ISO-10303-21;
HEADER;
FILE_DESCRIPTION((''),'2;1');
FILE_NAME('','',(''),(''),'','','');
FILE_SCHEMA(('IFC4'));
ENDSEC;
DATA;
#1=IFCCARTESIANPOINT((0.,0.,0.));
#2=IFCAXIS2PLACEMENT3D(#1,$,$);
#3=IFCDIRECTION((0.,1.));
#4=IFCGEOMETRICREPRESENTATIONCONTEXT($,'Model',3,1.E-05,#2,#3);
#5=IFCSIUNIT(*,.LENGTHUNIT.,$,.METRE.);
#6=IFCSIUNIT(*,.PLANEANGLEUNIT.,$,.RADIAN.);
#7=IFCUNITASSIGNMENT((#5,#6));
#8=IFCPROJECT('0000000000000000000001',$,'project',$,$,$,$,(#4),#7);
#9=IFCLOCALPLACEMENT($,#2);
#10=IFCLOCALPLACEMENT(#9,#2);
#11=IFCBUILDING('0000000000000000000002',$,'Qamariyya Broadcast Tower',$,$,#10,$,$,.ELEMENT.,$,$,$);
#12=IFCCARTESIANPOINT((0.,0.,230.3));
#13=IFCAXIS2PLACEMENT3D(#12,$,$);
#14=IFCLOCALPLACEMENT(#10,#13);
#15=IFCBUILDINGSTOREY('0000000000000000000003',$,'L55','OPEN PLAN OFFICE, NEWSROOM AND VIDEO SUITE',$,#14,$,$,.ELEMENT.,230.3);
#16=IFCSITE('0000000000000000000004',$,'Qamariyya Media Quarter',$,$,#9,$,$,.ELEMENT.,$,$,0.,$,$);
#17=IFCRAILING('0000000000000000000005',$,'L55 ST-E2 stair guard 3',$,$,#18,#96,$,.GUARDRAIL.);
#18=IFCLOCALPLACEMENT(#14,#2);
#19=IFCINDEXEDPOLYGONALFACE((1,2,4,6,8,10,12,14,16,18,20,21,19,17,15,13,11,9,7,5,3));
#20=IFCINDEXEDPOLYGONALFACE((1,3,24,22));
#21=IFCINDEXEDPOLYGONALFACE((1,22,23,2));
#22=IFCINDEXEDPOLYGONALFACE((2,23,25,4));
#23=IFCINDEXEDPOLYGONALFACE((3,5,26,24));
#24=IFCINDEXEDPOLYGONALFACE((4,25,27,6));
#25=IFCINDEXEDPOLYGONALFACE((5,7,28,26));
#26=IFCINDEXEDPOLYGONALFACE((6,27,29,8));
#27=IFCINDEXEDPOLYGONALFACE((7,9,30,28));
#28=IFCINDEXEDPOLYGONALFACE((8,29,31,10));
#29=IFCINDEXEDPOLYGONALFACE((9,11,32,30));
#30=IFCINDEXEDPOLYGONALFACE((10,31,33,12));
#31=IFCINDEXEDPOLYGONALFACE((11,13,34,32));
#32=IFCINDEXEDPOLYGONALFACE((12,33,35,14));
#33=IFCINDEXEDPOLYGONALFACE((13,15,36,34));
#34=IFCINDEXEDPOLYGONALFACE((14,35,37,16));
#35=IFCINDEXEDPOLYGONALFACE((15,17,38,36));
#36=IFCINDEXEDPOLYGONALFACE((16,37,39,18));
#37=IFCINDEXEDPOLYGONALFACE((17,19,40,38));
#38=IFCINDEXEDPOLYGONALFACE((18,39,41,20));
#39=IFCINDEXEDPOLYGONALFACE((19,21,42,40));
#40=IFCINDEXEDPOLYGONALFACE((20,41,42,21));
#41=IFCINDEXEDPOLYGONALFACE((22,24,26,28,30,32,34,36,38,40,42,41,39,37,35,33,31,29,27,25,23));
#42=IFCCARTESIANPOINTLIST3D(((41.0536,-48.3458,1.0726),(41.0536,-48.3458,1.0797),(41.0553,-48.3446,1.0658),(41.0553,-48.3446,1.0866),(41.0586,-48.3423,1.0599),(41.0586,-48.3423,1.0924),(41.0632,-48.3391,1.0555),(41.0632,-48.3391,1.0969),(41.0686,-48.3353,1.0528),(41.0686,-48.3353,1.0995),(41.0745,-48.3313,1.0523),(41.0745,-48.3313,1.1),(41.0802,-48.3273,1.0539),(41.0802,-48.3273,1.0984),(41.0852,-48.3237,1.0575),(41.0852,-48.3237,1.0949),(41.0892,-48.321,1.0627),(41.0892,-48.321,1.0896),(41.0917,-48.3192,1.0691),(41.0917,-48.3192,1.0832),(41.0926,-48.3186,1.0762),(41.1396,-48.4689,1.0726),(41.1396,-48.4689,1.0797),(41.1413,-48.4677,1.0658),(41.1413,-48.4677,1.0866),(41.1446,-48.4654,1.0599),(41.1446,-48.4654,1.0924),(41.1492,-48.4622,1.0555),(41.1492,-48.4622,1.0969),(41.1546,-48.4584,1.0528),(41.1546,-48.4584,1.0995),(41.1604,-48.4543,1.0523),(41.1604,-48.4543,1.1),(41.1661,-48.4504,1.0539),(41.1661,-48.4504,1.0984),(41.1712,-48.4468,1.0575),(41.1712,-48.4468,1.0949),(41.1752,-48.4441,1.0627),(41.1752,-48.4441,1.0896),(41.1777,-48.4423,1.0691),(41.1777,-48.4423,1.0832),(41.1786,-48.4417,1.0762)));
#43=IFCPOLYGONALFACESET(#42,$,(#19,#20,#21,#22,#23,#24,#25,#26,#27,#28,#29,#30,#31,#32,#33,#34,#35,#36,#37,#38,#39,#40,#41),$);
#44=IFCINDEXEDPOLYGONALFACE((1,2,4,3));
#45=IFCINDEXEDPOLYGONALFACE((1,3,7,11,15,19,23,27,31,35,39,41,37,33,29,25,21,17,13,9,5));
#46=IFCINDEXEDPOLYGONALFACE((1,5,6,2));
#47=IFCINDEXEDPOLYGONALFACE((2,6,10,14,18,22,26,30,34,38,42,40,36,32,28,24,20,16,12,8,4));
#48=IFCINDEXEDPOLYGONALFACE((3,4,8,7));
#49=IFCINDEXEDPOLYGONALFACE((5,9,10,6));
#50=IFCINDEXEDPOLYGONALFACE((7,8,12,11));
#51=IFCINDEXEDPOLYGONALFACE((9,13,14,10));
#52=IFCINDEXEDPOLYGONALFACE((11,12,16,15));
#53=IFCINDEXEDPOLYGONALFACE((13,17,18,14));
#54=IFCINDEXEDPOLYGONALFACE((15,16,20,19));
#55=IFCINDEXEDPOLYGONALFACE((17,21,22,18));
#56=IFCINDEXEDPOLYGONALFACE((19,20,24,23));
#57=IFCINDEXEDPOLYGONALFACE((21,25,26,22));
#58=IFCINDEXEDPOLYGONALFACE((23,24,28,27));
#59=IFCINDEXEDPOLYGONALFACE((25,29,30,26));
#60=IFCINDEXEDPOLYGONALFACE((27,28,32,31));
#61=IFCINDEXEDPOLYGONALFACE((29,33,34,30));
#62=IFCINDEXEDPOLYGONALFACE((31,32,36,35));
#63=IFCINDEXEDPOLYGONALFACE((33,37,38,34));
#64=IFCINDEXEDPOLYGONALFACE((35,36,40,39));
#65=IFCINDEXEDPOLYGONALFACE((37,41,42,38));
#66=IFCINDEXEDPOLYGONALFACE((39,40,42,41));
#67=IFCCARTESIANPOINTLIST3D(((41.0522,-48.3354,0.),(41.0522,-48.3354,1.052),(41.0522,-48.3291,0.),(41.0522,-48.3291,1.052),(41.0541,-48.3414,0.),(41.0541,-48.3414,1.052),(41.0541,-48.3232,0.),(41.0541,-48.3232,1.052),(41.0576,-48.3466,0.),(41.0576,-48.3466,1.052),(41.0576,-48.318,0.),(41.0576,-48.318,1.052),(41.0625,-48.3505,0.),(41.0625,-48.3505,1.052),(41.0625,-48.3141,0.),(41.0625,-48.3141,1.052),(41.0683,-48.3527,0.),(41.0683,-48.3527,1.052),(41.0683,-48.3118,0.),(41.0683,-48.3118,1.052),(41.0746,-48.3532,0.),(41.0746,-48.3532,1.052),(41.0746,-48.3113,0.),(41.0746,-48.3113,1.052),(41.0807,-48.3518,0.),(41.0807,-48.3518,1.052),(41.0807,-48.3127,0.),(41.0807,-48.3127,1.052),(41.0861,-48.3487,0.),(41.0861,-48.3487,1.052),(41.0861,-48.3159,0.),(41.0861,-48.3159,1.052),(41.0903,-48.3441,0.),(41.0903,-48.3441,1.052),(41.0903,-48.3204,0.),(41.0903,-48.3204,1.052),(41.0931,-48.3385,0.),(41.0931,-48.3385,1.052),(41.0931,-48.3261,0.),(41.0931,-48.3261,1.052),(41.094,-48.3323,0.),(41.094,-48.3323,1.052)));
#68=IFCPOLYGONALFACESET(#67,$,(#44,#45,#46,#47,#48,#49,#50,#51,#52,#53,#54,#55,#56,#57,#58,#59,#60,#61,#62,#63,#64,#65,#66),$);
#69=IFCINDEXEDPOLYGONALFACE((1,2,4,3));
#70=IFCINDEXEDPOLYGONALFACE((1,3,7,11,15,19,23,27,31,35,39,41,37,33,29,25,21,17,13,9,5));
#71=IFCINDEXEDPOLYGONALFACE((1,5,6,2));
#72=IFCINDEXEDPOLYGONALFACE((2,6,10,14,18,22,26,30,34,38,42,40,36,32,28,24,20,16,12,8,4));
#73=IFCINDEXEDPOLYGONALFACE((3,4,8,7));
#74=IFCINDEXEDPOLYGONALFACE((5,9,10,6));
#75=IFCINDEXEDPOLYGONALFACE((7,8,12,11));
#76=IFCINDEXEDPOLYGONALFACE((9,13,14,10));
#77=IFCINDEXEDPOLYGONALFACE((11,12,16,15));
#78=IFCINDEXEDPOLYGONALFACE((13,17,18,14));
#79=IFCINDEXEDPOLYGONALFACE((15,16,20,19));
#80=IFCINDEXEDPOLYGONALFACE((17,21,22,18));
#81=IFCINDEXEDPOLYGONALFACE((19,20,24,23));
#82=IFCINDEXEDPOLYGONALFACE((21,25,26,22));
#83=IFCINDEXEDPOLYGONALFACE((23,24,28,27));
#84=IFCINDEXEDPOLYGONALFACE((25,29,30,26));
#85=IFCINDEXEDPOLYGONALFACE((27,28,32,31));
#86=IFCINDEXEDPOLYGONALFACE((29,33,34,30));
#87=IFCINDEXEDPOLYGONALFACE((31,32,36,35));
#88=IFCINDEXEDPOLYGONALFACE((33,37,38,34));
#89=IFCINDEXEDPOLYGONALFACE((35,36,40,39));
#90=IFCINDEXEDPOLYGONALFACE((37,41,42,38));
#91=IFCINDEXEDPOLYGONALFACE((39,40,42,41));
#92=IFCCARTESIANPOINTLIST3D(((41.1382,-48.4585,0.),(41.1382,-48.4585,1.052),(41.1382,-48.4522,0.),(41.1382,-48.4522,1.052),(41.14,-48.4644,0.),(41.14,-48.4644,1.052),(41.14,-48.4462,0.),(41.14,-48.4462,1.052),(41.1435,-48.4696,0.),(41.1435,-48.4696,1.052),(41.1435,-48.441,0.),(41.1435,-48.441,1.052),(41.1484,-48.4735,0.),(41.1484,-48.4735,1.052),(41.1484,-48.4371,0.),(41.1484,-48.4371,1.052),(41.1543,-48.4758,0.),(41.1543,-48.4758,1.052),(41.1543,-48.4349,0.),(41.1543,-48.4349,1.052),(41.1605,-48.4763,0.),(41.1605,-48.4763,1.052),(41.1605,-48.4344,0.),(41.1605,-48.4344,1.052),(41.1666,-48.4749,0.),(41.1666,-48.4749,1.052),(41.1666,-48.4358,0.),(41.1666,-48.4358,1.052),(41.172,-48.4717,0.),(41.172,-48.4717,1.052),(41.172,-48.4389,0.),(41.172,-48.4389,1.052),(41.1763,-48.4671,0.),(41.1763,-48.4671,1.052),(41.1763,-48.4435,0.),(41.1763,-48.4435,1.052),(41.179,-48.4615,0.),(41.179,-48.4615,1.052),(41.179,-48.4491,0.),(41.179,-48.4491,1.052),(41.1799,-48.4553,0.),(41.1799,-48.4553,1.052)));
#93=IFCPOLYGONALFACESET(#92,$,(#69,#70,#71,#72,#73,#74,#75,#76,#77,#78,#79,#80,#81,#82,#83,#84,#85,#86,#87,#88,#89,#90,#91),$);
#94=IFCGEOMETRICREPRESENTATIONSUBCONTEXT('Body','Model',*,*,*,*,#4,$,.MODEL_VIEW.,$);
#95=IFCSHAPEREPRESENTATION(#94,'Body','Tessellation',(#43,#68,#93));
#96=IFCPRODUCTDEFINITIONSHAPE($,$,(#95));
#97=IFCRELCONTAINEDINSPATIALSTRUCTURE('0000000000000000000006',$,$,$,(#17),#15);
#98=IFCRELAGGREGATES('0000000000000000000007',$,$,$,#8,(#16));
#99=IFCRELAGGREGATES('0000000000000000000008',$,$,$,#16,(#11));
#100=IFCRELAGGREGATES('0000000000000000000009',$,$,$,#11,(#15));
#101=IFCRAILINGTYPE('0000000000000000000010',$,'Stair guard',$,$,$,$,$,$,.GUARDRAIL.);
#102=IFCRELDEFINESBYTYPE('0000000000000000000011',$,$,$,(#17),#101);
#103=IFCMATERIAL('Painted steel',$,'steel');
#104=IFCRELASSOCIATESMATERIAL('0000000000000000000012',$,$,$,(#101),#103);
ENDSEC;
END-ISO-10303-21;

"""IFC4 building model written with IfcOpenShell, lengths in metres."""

from ifc_helpers import new_model, si_unit, direction, frame, origin, origin_2d, place, context, subcontext, project, spatial, circle, extrude, material, type_object, element, save


model = new_model("IFC4")

# Units and contexts
model_context = context("Model", 3, precision=1e-05, world=origin(), true_north=direction((0.0, 1.0)))
body_context = subcontext(model_context, "Body", "Model", "MODEL_VIEW")
ifc_project = project(units=[si_unit("LENGTHUNIT", "METRE"), si_unit("PLANEANGLEUNIT", "RADIAN")], contexts=[model_context])

# Site, building, storey
site_placement = place(None, origin())
site = spatial("IfcSite", under=ifc_project, at=site_placement, Name="Qamariyya Media Quarter", CompositionType="ELEMENT", RefElevation=0.0)
building_placement = place(site_placement, origin())
building = spatial("IfcBuilding", under=site, at=building_placement, Name="Qamariyya Broadcast Tower", CompositionType="ELEMENT")
storey_placement = place(building_placement, frame((0.0, 0.0, 230.3)))
storey = spatial("IfcBuildingStorey", under=building, at=storey_placement, Name="L55", Description="OPEN PLAN OFFICE, NEWSROOM AND VIDEO SUITE", CompositionType="ELEMENT", Elevation=230.3)

# Railing
ifc_material_1 = material(Name="Painted steel", Category="steel")
railing_type_1 = type_object("IfcRailingType", Name="Stair guard", PredefinedType="GUARDRAIL", material=ifc_material_1)
railing_1_placement = place(storey_placement, frame((41.073, -48.3323, 0.0)))
element("IfcRailing", 1, at=railing_1_placement, inside=storey, type_object=railing_type_1, Name="L55 ST-E2 stair guard 3", PredefinedType="GUARDRAIL", context=body_context, shape_type="SweptSolid", body=[
    extrude(circle(Radius=0.0239, at=origin_2d()), frame((0.0, 0.0, 1.0762), z_axis=(0.572589, -0.819843, 0.0), x_axis=(0.819843, 0.572589, 0.0)), (0.0, 0.0, 1.0), 0.1501),
    extrude(circle(Radius=0.021, at=origin_2d()), origin(), (0.0, 0.0, 1.0), 1.052),
    extrude(circle(Radius=0.021, at=origin_2d()), frame((0.0859, -0.123, 0.0)), (0.0, 0.0, 1.0), 1.052),
])

save(model, "model.ifc")
